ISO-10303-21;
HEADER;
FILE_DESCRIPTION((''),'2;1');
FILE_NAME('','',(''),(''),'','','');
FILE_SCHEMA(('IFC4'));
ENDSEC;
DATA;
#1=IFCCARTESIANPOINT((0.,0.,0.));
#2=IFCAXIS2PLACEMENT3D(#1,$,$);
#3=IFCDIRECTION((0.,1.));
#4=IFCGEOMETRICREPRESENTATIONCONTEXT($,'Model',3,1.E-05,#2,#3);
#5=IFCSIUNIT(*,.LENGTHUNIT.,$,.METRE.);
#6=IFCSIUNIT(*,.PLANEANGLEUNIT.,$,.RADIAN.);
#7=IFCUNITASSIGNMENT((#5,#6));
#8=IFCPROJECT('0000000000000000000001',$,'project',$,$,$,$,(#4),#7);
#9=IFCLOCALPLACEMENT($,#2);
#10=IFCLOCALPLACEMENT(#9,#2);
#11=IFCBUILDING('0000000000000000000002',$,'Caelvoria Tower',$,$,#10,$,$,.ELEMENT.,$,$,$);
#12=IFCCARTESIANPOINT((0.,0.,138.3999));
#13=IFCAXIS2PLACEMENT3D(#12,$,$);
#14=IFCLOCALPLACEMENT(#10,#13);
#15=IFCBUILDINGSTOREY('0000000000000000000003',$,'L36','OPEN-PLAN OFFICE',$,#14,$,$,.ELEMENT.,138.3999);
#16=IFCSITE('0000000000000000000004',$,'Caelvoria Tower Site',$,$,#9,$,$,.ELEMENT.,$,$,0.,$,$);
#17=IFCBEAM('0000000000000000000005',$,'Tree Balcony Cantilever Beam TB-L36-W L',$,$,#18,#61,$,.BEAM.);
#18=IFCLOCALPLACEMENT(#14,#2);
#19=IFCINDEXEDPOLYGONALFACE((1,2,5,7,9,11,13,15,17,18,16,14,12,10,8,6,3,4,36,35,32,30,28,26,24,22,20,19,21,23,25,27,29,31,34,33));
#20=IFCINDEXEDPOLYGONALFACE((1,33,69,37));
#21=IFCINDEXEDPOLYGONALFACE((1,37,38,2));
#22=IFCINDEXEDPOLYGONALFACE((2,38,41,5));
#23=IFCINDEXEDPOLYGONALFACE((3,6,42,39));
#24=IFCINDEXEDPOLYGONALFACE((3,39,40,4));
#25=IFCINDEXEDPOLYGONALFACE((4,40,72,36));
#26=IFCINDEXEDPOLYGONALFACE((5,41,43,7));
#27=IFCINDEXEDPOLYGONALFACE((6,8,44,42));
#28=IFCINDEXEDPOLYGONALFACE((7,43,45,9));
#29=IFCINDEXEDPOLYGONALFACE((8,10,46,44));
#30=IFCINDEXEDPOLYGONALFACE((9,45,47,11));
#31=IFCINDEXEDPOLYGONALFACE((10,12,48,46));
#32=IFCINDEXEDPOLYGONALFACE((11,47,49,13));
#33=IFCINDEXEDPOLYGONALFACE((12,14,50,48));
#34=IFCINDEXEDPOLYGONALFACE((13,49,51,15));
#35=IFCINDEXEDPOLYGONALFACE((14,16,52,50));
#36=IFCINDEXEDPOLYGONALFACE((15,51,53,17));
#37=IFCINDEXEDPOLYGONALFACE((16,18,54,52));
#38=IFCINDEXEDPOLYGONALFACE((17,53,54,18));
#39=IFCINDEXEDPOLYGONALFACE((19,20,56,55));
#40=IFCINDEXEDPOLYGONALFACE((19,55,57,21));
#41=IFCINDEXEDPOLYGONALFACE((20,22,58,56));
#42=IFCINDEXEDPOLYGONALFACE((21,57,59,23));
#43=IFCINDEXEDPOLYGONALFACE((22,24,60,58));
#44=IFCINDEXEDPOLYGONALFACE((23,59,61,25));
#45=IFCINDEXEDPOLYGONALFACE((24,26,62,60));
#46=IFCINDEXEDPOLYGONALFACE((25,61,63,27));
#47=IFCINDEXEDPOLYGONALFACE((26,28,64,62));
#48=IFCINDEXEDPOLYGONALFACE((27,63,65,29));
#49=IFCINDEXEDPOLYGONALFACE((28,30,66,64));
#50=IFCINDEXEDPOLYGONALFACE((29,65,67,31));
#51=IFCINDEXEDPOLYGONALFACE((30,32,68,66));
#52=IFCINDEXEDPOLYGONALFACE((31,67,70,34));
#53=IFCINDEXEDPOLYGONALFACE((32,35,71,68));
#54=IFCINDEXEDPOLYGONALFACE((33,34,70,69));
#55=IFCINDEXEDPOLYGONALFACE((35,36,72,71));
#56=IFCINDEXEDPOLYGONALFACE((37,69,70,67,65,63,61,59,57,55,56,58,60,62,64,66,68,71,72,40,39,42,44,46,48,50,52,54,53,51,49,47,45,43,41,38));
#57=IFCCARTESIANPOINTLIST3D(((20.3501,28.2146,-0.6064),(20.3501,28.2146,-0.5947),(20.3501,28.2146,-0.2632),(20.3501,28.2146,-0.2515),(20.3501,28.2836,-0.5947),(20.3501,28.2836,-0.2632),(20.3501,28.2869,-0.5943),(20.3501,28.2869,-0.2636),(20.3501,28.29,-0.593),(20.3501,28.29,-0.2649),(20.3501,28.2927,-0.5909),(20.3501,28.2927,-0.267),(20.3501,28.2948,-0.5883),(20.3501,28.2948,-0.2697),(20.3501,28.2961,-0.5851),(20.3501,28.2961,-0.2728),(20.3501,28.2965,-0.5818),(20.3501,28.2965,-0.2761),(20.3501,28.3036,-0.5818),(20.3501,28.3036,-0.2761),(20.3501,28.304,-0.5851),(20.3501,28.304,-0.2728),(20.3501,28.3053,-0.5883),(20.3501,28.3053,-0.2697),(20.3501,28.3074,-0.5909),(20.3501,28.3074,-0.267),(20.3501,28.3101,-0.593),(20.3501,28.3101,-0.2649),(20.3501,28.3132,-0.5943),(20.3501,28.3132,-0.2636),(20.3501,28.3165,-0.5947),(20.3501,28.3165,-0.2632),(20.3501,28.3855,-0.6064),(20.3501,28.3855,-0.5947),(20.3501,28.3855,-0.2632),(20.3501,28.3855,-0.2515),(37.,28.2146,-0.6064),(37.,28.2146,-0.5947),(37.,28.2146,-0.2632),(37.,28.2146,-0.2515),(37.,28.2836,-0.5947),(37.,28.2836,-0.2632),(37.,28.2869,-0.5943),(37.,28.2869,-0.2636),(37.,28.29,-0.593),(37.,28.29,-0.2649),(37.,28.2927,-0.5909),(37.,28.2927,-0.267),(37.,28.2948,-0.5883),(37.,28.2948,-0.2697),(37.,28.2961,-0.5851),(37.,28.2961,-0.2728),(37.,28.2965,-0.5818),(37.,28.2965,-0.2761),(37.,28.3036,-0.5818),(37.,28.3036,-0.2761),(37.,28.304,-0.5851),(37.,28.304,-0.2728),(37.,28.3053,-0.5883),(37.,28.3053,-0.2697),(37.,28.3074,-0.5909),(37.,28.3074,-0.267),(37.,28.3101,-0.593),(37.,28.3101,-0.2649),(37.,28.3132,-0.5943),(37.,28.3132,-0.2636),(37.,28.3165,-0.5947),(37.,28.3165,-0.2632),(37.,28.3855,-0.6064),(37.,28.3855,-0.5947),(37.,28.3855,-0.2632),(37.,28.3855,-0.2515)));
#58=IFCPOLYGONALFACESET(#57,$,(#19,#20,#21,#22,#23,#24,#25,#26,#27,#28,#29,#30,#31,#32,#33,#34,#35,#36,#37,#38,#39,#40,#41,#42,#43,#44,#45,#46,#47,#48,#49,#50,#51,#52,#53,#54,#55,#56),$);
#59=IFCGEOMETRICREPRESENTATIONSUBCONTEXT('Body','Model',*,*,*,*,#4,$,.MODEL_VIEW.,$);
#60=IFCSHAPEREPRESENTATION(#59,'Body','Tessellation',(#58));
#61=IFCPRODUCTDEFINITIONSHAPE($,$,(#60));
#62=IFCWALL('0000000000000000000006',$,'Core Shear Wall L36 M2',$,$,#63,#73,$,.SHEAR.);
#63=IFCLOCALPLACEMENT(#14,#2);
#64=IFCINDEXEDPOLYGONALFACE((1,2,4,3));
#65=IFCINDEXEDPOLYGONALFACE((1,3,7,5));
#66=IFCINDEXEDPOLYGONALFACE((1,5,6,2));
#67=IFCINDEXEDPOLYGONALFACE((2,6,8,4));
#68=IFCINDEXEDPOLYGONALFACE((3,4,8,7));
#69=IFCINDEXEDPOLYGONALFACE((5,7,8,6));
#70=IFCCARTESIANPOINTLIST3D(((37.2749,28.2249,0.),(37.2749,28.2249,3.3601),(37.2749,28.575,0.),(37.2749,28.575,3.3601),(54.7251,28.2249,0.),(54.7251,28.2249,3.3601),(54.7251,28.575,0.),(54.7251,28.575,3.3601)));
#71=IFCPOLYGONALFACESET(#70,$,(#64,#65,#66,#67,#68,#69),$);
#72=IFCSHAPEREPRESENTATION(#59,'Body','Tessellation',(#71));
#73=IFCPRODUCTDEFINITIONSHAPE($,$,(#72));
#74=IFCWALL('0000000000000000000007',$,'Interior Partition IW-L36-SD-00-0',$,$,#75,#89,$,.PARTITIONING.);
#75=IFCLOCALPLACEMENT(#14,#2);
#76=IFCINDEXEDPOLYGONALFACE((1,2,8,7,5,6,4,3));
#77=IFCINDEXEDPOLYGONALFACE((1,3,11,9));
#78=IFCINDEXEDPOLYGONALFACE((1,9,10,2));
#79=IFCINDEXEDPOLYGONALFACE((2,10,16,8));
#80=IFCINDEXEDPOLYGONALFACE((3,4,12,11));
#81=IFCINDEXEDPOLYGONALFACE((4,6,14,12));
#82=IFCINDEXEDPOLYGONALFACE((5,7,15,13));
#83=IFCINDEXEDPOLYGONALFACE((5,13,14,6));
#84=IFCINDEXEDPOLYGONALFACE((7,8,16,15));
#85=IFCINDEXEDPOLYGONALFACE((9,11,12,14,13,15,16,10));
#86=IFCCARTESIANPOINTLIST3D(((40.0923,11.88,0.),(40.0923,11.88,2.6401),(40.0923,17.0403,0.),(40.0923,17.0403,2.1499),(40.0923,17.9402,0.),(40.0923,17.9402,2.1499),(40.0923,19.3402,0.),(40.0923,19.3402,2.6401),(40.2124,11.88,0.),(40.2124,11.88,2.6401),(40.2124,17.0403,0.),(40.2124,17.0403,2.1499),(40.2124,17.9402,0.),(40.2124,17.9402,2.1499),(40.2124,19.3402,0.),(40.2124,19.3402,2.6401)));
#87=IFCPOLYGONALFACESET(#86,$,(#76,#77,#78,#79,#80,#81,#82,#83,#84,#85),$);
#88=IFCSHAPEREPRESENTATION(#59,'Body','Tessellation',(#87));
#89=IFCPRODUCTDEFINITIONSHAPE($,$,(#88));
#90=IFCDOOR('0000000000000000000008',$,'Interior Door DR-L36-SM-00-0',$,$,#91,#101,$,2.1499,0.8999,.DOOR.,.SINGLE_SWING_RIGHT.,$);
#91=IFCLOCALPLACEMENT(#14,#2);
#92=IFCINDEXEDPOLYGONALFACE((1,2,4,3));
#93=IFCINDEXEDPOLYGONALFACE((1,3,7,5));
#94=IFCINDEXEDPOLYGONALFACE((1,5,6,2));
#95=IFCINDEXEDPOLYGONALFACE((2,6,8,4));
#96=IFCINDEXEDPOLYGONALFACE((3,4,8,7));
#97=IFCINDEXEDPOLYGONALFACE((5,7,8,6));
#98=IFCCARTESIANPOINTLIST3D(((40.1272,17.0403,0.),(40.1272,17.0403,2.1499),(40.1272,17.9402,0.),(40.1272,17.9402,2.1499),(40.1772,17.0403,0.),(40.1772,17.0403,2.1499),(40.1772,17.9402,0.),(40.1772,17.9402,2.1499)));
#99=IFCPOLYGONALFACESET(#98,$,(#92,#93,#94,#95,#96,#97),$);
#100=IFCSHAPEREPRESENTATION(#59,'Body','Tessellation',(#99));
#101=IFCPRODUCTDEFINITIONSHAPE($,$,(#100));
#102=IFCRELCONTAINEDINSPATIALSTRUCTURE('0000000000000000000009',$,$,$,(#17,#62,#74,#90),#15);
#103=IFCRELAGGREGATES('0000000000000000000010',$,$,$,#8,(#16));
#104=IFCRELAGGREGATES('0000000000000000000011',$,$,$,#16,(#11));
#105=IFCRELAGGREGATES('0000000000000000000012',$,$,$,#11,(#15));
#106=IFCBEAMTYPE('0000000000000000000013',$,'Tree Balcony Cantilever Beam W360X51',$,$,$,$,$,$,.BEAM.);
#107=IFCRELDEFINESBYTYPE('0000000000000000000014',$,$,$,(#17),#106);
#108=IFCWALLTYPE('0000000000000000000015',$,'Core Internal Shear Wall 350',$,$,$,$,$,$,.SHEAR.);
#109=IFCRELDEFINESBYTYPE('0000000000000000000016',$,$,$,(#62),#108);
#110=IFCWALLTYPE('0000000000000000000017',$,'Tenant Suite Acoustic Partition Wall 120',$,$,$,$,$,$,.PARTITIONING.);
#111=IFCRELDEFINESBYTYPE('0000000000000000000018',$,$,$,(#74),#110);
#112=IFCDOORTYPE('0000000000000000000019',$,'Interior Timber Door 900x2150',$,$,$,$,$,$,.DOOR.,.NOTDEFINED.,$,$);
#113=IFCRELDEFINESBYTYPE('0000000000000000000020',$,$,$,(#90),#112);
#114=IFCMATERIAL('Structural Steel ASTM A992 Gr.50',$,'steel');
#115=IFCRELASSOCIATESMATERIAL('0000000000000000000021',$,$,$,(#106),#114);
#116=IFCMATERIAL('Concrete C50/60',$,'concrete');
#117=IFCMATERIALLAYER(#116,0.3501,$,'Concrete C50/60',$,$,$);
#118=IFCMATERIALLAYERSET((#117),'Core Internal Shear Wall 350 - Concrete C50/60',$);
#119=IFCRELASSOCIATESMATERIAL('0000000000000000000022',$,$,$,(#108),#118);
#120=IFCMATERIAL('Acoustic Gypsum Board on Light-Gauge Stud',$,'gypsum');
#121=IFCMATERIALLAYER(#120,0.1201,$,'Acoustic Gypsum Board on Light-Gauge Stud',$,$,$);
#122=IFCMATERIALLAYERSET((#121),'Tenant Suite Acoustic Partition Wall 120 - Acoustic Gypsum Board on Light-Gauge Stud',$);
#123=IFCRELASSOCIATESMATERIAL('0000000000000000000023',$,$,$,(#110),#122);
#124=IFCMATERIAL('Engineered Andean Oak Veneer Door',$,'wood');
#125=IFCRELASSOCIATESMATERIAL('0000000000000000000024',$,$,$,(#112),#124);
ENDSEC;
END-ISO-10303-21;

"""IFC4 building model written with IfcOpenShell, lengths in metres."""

from ifc_helpers import new_model, si_unit, direction, frame, frame_2d, origin, origin_2d, place, context, subcontext, project, spatial, rectangle, i_section, extrude, material, layer, layer_set, material_profile, profile_set, type_object, element, fill, save


model = new_model("IFC4")

# Units and contexts
model_context = context("Model", 3, precision=1e-05, world=origin(), true_north=direction((0.0, 1.0)))
body_context = subcontext(model_context, "Body", "Model", "MODEL_VIEW")
ifc_project = project(units=[si_unit("LENGTHUNIT", "METRE"), si_unit("PLANEANGLEUNIT", "RADIAN")], contexts=[model_context])

# Site, building, storey
site_placement = place(None, origin())
site = spatial("IfcSite", under=ifc_project, at=site_placement, Name="Caelvoria Tower Site", CompositionType="ELEMENT", RefElevation=0.0)
building_placement = place(site_placement, origin())
building = spatial("IfcBuilding", under=site, at=building_placement, Name="Caelvoria Tower", CompositionType="ELEMENT")
storey_placement = place(building_placement, frame((0.0, 0.0, 138.3999)))
storey = spatial("IfcBuildingStorey", under=building, at=storey_placement, Name="L36", Description="OPEN-PLAN OFFICE", CompositionType="ELEMENT", Elevation=138.3999)

# Beam
ifc_material_1 = material(Name="Structural Steel ASTM A992 Gr.50", Category="steel")
ifc_material_profile_1 = material_profile(ifc_material_1, i_section(OverallWidth=0.1709, OverallDepth=0.355, WebThickness=0.0071, FlangeThickness=0.0117, FilletRadius=0.0129, at=origin_2d()), Name="Structural Steel ASTM A992 Gr.50")
ifc_profile_set_1 = profile_set([ifc_material_profile_1], Name="W360X51 - Structural Steel ASTM A992 Gr.50")
beam_type_1 = type_object("IfcBeamType", Name="Tree Balcony Cantilever Beam W360X51", PredefinedType="BEAM", material=ifc_profile_set_1)
beam_1_placement = place(storey_placement, frame((37.0, 28.3, -0.429), z_axis=(-1.0, 0.0, 0.0), x_axis=(0.0, -1.0, 0.0)))
element("IfcBeam", 1, at=beam_1_placement, inside=storey, type_object=beam_type_1, Name="Tree Balcony Cantilever Beam TB-L36-W L", PredefinedType="BEAM", context=body_context, shape_type="SweptSolid", body=[
    extrude(i_section(OverallWidth=0.1709, OverallDepth=0.355, WebThickness=0.0071, FlangeThickness=0.0117, FilletRadius=0.0129, at=origin_2d()), origin(), (0.0, 0.0, 1.0), 16.6499),
])

# Wall
ifc_material_2 = material(Name="Concrete C50/60", Category="concrete")
ifc_layer_1 = layer(ifc_material_2, 0.3501, Name="Concrete C50/60")
ifc_layer_set_1 = layer_set([ifc_layer_1], Name="Core Internal Shear Wall 350 - Concrete C50/60")
wall_type_1 = type_object("IfcWallType", Name="Core Internal Shear Wall 350", PredefinedType="SHEAR", material=ifc_layer_set_1)
wall_1_placement = place(storey_placement, frame((37.2749, 28.3999, 0.0), z_axis=(0.0, 0.0, 1.0), x_axis=(1.0, 0.0, 0.0)))
element("IfcWall", 2, at=wall_1_placement, inside=storey, type_object=wall_type_1, Name="Core Shear Wall L36 M2", PredefinedType="SHEAR", context=body_context, shape_type="SweptSolid", body=[
    extrude(rectangle(XDim=17.4502, YDim=0.3501, at=frame_2d((8.7251, 0.0))), origin(), (0.0, 0.0, 1.0), 3.3601),
])

# Wall, opening, door
ifc_material_3 = material(Name="Acoustic Gypsum Board on Light-Gauge Stud", Category="gypsum")
ifc_layer_2 = layer(ifc_material_3, 0.1201, Name="Acoustic Gypsum Board on Light-Gauge Stud")
ifc_layer_set_2 = layer_set([ifc_layer_2], Name="Tenant Suite Acoustic Partition Wall 120 - Acoustic Gypsum Board on Light-Gauge Stud")
wall_type_2 = type_object("IfcWallType", Name="Tenant Suite Acoustic Partition Wall 120", PredefinedType="PARTITIONING", material=ifc_layer_set_2)
wall_2_placement = place(storey_placement, frame((40.1523, 19.3401, 0.0), z_axis=(0.0, 0.0, 1.0), x_axis=(0.0, -1.0, 0.0)))
wall_2 = element("IfcWall", 3, at=wall_2_placement, inside=storey, type_object=wall_type_2, Name="Interior Partition IW-L36-SD-00-0", PredefinedType="PARTITIONING", context=body_context, shape_type="SweptSolid", body=[
    extrude(rectangle(XDim=7.4602, YDim=0.1201, at=frame_2d((3.73, 0.0))), origin(), (0.0, 0.0, 1.0), 2.6401),
])
opening_1_placement = place(wall_2_placement, frame((1.3999, 0.0, 0.0)))
opening_1 = element("IfcOpeningElement", 4, at=opening_1_placement, cuts=wall_2, PredefinedType="OPENING", context=body_context, shape_type="SweptSolid", body=[
    extrude(rectangle(XDim=0.8999, YDim=2.1499, at=frame_2d((0.45, 1.075))), frame((0.0, 0.0701, 0.0), z_axis=(0.0, -1.0, 0.0), x_axis=(1.0, 0.0, 0.0)), (0.0, 0.0, 1.0), 0.1401),
])
ifc_material_4 = material(Name="Engineered Andean Oak Veneer Door", Category="wood")
door_type_1 = type_object("IfcDoorType", Name="Interior Timber Door 900x2150", OperationType="NOTDEFINED", PredefinedType="DOOR", material=ifc_material_4)
door_1_placement = place(opening_1_placement, origin())
door_1 = element("IfcDoor", 5, at=door_1_placement, inside=storey, type_object=door_type_1, Name="Interior Door DR-L36-SM-00-0", OperationType="SINGLE_SWING_RIGHT", OverallHeight=2.1499, OverallWidth=0.8999, PredefinedType="DOOR", context=body_context, shape_type="SweptSolid", body=[
    extrude(rectangle(XDim=0.8999, YDim=2.1499, at=frame_2d((0.45, 1.075))), frame((0.0, 0.0249, 0.0), z_axis=(0.0, -1.0, 0.0), x_axis=(1.0, 0.0, 0.0)), (0.0, 0.0, 1.0), 0.05),
])
fill(opening_1, door_1)

save(model, "model.ifc")
